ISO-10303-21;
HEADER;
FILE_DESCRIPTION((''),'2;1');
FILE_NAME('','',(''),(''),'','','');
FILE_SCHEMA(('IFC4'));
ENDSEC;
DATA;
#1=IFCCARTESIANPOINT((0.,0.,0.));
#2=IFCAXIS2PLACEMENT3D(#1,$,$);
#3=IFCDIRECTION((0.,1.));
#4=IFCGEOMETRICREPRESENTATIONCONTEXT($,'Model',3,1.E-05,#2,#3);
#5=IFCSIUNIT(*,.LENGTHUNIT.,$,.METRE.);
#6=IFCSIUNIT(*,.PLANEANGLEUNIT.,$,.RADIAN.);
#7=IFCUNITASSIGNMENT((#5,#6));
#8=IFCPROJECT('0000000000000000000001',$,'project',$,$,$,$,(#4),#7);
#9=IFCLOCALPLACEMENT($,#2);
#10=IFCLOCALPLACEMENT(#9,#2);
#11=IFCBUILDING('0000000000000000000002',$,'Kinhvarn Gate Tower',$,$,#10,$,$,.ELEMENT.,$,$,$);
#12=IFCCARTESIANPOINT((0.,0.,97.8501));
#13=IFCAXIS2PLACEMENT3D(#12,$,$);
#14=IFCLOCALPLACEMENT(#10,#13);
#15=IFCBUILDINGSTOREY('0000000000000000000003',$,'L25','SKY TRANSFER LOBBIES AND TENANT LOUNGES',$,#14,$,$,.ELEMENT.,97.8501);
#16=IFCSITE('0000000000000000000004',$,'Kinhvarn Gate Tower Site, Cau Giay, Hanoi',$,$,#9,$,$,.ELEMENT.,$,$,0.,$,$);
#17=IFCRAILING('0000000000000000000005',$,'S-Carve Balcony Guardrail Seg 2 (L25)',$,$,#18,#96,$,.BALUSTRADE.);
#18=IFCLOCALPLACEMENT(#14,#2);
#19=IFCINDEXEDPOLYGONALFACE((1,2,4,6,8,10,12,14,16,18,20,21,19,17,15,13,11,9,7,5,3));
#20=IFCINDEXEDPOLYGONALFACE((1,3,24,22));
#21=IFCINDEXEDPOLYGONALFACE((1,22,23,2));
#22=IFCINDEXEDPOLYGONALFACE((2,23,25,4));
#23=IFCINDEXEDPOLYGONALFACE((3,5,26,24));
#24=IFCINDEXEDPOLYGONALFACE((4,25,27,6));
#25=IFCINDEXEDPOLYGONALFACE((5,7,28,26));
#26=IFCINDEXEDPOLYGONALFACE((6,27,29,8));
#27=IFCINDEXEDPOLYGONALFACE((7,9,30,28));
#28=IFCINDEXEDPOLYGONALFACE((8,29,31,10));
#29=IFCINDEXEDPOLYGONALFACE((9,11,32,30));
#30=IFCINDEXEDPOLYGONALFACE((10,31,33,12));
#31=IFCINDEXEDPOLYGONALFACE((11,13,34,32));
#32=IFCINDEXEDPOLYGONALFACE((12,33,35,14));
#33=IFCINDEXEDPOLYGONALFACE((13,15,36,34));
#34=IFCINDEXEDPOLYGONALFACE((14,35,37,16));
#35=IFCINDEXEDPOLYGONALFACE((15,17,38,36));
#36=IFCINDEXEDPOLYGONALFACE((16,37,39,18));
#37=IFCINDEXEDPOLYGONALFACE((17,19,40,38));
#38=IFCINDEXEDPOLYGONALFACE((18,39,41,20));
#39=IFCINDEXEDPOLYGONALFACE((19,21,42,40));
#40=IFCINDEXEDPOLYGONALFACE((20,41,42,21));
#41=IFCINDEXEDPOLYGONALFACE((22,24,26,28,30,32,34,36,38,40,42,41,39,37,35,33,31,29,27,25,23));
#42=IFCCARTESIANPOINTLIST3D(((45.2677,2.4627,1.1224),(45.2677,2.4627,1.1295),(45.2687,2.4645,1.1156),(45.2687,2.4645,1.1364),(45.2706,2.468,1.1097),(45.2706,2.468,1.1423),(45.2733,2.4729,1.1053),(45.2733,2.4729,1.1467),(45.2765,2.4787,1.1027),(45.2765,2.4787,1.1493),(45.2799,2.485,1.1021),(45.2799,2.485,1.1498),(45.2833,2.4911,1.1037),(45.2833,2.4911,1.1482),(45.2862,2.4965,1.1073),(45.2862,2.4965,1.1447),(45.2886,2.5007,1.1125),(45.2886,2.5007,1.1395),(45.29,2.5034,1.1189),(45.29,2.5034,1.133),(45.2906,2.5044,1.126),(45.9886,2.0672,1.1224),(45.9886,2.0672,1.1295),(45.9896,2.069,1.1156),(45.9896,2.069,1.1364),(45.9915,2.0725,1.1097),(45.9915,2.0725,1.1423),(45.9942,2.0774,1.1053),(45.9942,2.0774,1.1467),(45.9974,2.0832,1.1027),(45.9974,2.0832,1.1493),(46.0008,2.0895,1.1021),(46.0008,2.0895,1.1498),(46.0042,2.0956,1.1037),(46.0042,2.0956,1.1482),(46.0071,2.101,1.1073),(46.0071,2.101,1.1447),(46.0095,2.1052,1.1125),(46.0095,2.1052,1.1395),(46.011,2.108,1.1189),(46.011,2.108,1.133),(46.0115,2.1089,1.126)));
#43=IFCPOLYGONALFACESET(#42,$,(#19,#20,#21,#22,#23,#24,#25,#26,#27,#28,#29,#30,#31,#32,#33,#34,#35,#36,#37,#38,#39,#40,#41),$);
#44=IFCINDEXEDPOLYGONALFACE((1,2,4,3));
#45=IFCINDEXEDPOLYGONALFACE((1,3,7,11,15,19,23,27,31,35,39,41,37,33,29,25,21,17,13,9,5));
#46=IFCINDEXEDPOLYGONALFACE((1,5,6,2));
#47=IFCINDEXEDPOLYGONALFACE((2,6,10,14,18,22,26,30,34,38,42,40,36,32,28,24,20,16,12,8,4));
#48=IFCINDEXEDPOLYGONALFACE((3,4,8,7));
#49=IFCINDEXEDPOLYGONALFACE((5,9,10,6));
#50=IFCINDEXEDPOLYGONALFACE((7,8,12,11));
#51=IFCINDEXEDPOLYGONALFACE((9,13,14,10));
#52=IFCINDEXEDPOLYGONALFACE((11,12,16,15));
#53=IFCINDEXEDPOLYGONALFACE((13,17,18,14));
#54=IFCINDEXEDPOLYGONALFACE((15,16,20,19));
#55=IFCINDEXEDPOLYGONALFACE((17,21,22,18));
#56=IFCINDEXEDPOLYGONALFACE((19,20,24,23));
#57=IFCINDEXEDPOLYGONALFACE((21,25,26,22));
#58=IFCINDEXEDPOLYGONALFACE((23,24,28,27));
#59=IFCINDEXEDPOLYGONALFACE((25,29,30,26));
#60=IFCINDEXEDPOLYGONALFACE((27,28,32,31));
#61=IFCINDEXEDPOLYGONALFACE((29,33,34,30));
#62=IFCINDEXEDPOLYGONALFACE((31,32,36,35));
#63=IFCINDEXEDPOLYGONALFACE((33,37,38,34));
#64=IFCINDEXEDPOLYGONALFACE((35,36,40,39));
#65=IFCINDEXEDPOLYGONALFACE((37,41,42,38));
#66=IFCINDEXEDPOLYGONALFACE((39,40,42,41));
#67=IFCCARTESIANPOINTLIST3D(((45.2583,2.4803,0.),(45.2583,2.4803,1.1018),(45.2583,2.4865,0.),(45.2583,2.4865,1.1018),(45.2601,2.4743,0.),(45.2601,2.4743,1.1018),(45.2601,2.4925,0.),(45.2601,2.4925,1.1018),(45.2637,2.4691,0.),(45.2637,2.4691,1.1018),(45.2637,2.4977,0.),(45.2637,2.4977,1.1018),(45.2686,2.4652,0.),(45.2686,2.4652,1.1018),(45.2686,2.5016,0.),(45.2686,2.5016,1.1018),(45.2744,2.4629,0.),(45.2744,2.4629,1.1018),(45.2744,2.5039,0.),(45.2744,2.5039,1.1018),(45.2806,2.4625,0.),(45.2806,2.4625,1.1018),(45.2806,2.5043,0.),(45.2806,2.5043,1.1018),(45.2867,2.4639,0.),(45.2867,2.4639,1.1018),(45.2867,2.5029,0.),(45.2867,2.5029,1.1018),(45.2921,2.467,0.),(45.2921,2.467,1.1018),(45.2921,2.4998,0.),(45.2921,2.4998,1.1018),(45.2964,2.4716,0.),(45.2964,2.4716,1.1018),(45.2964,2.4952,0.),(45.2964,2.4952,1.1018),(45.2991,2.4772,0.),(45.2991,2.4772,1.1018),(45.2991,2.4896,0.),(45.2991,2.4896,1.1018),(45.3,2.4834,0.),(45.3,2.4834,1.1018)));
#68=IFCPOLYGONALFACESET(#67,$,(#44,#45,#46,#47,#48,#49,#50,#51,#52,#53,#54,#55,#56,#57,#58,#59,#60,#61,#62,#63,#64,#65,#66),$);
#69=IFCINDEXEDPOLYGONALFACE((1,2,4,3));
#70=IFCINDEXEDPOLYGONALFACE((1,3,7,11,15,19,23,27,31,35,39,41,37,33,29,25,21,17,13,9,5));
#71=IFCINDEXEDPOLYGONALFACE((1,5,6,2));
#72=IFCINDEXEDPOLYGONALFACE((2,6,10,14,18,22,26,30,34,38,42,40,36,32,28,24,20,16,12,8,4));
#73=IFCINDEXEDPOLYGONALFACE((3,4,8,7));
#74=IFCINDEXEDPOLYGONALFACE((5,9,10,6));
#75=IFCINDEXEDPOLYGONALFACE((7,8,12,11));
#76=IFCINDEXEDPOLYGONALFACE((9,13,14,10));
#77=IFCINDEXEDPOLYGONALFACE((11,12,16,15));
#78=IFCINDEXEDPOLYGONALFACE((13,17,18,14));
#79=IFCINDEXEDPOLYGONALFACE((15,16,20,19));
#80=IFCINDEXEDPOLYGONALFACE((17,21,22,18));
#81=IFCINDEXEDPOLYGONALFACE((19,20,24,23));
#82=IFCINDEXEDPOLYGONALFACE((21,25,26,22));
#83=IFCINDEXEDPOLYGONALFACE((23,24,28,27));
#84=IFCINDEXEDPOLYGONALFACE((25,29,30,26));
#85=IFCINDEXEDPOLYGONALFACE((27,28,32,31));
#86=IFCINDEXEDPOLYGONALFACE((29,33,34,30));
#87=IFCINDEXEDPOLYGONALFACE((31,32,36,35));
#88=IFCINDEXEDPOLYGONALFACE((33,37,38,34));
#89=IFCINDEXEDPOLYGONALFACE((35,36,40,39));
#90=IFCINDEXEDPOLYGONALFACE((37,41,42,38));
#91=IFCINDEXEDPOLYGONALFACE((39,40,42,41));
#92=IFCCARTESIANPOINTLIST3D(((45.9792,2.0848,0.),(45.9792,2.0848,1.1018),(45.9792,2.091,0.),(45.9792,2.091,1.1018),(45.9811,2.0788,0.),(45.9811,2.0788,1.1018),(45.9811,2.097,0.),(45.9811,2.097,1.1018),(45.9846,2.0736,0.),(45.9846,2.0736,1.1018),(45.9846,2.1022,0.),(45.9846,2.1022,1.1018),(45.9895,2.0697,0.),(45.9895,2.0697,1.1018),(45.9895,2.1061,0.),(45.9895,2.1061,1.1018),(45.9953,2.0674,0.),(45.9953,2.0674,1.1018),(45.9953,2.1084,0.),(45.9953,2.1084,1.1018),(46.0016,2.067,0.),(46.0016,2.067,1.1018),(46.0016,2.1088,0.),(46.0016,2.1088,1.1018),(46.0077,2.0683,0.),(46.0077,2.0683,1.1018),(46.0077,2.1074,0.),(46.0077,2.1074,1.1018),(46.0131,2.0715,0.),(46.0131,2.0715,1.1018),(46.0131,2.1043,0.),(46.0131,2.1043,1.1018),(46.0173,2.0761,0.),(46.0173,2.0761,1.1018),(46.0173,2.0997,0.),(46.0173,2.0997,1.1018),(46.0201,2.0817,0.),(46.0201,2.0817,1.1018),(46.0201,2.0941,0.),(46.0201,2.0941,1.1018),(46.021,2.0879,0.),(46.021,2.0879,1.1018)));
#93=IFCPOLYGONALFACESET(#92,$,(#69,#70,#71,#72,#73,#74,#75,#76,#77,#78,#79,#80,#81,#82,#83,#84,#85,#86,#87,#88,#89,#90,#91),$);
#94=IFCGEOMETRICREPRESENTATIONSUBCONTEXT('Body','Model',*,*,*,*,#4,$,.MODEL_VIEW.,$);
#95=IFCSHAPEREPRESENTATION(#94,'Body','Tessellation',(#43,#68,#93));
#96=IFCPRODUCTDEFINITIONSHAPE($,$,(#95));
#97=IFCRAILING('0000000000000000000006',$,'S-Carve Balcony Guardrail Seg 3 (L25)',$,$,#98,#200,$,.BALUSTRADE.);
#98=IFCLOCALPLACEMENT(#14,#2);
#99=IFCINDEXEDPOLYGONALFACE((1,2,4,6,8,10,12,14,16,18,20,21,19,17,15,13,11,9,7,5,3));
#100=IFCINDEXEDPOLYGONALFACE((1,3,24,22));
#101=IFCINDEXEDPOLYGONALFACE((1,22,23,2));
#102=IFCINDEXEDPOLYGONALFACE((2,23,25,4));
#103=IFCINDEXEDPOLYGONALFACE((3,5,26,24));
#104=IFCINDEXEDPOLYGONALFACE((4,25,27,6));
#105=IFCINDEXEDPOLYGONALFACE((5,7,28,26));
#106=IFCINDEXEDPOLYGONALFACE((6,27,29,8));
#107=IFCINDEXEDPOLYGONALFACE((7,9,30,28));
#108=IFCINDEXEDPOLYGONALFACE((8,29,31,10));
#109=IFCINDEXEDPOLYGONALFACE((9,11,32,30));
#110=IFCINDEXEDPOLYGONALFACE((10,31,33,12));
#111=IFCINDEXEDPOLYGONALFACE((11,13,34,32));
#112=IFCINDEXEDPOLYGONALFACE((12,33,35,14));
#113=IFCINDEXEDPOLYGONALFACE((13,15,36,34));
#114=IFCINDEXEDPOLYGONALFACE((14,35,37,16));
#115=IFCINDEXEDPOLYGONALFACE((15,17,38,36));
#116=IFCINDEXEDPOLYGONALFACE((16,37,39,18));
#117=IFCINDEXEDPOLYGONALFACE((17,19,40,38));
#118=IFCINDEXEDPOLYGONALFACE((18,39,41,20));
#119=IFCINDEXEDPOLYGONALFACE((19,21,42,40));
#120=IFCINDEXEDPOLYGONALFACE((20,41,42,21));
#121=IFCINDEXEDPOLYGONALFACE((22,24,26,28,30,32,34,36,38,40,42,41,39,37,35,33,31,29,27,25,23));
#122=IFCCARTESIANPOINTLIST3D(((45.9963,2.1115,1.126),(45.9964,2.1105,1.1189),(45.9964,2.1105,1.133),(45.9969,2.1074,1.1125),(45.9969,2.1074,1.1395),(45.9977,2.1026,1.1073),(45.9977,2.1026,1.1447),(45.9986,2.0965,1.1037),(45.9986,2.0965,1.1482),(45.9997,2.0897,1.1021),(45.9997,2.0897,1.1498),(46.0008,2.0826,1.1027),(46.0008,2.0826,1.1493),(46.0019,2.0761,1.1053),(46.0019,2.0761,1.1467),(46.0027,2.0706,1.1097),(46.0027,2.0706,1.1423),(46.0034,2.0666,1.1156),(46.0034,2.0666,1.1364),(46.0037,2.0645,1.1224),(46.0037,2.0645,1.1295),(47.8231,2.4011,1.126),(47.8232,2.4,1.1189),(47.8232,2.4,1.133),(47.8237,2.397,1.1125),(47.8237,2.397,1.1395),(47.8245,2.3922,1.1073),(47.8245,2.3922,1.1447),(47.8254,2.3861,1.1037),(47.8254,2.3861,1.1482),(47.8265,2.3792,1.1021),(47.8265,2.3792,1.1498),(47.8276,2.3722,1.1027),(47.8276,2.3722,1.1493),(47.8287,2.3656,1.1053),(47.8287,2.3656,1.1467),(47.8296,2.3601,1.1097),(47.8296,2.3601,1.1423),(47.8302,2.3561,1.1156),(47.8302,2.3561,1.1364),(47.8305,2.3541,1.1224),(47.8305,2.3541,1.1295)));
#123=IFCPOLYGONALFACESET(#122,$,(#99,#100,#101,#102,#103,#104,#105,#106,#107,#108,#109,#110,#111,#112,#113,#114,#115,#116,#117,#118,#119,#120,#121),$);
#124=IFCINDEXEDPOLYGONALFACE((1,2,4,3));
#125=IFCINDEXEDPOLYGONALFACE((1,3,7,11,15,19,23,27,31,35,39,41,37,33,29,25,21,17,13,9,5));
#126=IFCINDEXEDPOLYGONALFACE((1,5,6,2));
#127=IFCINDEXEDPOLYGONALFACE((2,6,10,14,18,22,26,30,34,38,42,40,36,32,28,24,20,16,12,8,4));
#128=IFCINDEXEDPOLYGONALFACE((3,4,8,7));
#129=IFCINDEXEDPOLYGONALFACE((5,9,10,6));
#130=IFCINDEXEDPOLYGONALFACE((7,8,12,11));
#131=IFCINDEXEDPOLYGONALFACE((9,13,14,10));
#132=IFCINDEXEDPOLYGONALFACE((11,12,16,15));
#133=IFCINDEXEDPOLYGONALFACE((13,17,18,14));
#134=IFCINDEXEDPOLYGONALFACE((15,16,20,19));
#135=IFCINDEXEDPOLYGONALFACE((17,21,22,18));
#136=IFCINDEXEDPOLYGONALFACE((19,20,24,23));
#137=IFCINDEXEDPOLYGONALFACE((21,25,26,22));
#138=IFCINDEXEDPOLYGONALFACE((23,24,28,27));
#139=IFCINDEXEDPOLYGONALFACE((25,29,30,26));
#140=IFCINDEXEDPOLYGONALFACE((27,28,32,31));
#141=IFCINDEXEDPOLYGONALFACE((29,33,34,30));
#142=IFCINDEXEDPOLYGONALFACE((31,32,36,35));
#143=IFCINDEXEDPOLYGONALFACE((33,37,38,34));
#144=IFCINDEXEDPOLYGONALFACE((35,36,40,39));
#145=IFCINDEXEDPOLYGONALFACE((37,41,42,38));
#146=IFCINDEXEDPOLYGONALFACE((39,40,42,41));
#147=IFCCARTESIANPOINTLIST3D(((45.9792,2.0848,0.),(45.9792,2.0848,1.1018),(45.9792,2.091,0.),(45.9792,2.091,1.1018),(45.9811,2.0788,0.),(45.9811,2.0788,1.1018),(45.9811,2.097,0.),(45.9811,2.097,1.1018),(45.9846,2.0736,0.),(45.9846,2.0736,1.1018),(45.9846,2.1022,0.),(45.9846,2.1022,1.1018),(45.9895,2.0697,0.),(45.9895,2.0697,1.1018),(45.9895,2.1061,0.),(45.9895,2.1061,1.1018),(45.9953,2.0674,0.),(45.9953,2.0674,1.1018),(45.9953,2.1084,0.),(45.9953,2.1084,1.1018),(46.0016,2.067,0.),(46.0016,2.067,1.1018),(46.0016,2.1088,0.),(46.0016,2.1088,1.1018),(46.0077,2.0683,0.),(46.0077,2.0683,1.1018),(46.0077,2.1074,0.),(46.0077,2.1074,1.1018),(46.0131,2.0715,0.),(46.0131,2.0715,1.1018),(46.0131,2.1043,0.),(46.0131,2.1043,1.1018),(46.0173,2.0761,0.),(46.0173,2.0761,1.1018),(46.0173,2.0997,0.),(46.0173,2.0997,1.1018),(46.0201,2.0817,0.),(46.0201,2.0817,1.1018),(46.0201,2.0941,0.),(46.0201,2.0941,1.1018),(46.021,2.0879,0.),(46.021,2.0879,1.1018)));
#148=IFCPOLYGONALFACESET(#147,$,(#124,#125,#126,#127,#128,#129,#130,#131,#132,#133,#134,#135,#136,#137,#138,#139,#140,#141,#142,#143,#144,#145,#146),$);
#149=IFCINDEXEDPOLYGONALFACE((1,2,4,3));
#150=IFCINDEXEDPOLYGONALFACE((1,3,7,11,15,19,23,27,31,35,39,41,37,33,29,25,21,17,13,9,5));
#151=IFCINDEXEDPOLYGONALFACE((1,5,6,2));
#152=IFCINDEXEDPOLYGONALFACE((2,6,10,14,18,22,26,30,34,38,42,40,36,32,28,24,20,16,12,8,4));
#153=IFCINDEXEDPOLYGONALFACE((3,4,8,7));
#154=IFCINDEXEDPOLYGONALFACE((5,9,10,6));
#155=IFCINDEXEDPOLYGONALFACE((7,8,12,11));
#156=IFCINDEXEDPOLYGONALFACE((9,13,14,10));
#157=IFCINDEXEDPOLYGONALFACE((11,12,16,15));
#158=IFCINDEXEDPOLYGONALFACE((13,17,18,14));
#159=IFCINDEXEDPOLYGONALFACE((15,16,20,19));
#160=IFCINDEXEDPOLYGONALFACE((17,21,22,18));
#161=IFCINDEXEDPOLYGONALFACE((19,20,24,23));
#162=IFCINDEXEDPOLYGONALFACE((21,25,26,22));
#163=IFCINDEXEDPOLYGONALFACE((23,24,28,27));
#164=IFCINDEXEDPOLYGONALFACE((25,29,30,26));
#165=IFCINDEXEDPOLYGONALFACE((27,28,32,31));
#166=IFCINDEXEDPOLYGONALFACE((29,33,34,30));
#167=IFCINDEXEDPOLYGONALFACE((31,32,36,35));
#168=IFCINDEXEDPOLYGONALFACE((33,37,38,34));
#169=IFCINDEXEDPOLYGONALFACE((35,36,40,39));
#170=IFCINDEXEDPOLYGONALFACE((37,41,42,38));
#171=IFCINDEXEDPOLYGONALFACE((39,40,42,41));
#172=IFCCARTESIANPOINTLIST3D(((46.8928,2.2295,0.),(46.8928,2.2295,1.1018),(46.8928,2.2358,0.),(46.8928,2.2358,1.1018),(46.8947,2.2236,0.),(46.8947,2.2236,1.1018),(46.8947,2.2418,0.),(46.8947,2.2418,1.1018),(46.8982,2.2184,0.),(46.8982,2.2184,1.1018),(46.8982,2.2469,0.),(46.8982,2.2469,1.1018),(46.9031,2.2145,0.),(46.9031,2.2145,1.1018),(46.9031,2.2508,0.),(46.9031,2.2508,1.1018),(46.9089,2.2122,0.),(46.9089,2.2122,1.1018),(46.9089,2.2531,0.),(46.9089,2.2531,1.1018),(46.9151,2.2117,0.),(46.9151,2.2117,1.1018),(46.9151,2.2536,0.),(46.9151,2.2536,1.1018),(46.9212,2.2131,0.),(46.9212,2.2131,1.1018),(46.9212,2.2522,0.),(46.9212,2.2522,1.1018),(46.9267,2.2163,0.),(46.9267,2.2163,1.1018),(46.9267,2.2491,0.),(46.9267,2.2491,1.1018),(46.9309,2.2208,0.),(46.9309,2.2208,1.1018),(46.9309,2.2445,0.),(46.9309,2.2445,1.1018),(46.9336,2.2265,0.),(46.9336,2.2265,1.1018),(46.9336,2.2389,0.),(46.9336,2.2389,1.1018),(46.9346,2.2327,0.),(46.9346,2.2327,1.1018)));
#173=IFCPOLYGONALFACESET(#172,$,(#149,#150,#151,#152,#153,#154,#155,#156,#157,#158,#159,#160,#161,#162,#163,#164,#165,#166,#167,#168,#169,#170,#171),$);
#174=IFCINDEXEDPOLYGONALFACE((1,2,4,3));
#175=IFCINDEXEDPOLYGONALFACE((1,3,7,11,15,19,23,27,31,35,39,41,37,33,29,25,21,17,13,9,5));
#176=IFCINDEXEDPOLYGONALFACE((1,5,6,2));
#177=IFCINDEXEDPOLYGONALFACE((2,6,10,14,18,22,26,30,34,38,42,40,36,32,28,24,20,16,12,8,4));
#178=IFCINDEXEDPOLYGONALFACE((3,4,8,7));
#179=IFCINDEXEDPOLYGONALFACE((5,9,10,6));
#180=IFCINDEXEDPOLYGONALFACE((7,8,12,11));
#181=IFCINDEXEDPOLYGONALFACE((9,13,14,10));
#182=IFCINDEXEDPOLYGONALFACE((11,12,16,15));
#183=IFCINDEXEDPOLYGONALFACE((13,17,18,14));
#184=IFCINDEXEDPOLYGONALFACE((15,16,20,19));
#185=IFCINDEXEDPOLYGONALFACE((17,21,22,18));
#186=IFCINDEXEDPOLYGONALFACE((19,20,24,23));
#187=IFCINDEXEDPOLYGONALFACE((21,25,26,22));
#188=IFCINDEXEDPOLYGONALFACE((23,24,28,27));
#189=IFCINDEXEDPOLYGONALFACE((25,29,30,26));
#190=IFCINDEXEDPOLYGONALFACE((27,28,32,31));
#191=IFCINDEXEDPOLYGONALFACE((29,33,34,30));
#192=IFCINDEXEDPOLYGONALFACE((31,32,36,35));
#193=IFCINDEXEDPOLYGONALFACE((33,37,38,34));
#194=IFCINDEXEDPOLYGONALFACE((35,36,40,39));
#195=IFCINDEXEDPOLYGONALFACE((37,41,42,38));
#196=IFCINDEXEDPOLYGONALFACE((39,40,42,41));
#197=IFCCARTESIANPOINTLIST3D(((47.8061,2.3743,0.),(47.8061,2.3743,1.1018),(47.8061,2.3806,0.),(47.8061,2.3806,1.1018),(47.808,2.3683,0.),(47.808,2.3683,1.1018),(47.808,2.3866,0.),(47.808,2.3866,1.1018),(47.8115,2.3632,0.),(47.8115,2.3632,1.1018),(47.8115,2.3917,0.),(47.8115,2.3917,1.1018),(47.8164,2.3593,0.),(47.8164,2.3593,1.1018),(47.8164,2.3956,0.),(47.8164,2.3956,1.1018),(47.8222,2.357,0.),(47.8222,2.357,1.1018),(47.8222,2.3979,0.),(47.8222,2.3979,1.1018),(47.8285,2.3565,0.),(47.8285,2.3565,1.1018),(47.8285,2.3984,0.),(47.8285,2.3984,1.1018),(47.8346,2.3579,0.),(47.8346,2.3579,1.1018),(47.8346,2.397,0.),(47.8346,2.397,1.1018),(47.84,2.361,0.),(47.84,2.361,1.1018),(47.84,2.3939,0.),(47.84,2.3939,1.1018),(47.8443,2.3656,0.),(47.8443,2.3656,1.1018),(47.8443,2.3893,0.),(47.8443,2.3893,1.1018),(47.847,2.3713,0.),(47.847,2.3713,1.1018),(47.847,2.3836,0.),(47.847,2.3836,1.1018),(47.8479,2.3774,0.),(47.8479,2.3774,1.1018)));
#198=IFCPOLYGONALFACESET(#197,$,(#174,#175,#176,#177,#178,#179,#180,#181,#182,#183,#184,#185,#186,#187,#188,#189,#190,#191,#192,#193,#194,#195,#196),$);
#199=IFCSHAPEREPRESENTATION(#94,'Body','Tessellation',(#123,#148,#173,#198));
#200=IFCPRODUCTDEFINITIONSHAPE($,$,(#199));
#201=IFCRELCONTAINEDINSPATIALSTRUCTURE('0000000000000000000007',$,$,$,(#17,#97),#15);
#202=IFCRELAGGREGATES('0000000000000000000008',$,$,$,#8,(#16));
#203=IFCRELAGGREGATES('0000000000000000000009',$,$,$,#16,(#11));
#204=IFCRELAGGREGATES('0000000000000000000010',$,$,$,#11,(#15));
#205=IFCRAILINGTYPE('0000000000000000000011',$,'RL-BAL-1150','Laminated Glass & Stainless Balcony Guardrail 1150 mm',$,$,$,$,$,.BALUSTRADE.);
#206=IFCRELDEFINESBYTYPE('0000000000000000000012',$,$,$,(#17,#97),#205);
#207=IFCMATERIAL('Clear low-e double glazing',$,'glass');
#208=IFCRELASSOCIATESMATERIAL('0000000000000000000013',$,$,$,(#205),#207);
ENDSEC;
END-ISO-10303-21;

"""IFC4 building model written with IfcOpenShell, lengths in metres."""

from ifc_helpers import new_model, si_unit, direction, frame, origin, origin_2d, place, context, subcontext, project, spatial, circle, extrude, material, type_object, element, save


model = new_model("IFC4")

# Units and contexts
model_context = context("Model", 3, precision=1e-05, world=origin(), true_north=direction((0.0, 1.0)))
body_context = subcontext(model_context, "Body", "Model", "MODEL_VIEW")
ifc_project = project(units=[si_unit("LENGTHUNIT", "METRE"), si_unit("PLANEANGLEUNIT", "RADIAN")], contexts=[model_context])

# Site, building, storey
site_placement = place(None, origin())
site = spatial("IfcSite", under=ifc_project, at=site_placement, Name="Kinhvarn Gate Tower Site, Cau Giay, Hanoi", CompositionType="ELEMENT", RefElevation=0.0)
building_placement = place(site_placement, origin())
building = spatial("IfcBuilding", under=site, at=building_placement, Name="Kinhvarn Gate Tower", CompositionType="ELEMENT")
storey_placement = place(building_placement, frame((0.0, 0.0, 97.8501)))
storey = spatial("IfcBuildingStorey", under=building, at=storey_placement, Name="L25", Description="SKY TRANSFER LOBBIES AND TENANT LOUNGES", CompositionType="ELEMENT", Elevation=97.8501)

# Shared definitions
ifc_material_1 = material(Name="Clear low-e double glazing", Category="glass")

# Railings
railing_type = type_object("IfcRailingType", Name="RL-BAL-1150", Description="Laminated Glass & Stainless Balcony Guardrail 1150 mm", PredefinedType="BALUSTRADE", material=ifc_material_1)
railing_1_placement = place(storey_placement, frame((45.2791, 2.4834, 0.0)))
element("IfcRailing", 1, at=railing_1_placement, inside=storey, type_object=railing_type, Name="S-Carve Balcony Guardrail Seg 2 (L25)", PredefinedType="BALUSTRADE", context=body_context, shape_type="SweptSolid", body=[
    extrude(circle(Radius=0.0239, at=origin_2d()), frame((0.0, 0.0, 1.126), z_axis=(0.876736, -0.480973, 0.0), x_axis=(0.480973, 0.876736, 0.0)), (0.0, 0.0, 1.0), 0.8223),
    extrude(circle(Radius=0.021, at=origin_2d()), origin(), (0.0, 0.0, 1.0), 1.1018),
    extrude(circle(Radius=0.021, at=origin_2d()), frame((0.7209, -0.3955, 0.0)), (0.0, 0.0, 1.0), 1.1018),
])
railing_2_placement = place(storey_placement, frame((46.0, 2.0879, 0.0)))
element("IfcRailing", 2, at=railing_2_placement, inside=storey, type_object=railing_type, Name="S-Carve Balcony Guardrail Seg 3 (L25)", PredefinedType="BALUSTRADE", context=body_context, shape_type="SweptSolid", body=[
    extrude(circle(Radius=0.0239, at=origin_2d()), frame((0.0, 0.0, 1.126), z_axis=(0.987672, 0.156539, 0.0), x_axis=(-0.156539, 0.987672, 0.0)), (0.0, 0.0, 1.0), 1.8496),
    extrude(circle(Radius=0.021, at=origin_2d()), origin(), (0.0, 0.0, 1.0), 1.1018),
    extrude(circle(Radius=0.021, at=origin_2d()), frame((0.9136, 0.1448, 0.0)), (0.0, 0.0, 1.0), 1.1018),
    extrude(circle(Radius=0.021, at=origin_2d()), frame((1.8269, 0.2896, 0.0)), (0.0, 0.0, 1.0), 1.1018),
])

save(model, "model.ifc")
